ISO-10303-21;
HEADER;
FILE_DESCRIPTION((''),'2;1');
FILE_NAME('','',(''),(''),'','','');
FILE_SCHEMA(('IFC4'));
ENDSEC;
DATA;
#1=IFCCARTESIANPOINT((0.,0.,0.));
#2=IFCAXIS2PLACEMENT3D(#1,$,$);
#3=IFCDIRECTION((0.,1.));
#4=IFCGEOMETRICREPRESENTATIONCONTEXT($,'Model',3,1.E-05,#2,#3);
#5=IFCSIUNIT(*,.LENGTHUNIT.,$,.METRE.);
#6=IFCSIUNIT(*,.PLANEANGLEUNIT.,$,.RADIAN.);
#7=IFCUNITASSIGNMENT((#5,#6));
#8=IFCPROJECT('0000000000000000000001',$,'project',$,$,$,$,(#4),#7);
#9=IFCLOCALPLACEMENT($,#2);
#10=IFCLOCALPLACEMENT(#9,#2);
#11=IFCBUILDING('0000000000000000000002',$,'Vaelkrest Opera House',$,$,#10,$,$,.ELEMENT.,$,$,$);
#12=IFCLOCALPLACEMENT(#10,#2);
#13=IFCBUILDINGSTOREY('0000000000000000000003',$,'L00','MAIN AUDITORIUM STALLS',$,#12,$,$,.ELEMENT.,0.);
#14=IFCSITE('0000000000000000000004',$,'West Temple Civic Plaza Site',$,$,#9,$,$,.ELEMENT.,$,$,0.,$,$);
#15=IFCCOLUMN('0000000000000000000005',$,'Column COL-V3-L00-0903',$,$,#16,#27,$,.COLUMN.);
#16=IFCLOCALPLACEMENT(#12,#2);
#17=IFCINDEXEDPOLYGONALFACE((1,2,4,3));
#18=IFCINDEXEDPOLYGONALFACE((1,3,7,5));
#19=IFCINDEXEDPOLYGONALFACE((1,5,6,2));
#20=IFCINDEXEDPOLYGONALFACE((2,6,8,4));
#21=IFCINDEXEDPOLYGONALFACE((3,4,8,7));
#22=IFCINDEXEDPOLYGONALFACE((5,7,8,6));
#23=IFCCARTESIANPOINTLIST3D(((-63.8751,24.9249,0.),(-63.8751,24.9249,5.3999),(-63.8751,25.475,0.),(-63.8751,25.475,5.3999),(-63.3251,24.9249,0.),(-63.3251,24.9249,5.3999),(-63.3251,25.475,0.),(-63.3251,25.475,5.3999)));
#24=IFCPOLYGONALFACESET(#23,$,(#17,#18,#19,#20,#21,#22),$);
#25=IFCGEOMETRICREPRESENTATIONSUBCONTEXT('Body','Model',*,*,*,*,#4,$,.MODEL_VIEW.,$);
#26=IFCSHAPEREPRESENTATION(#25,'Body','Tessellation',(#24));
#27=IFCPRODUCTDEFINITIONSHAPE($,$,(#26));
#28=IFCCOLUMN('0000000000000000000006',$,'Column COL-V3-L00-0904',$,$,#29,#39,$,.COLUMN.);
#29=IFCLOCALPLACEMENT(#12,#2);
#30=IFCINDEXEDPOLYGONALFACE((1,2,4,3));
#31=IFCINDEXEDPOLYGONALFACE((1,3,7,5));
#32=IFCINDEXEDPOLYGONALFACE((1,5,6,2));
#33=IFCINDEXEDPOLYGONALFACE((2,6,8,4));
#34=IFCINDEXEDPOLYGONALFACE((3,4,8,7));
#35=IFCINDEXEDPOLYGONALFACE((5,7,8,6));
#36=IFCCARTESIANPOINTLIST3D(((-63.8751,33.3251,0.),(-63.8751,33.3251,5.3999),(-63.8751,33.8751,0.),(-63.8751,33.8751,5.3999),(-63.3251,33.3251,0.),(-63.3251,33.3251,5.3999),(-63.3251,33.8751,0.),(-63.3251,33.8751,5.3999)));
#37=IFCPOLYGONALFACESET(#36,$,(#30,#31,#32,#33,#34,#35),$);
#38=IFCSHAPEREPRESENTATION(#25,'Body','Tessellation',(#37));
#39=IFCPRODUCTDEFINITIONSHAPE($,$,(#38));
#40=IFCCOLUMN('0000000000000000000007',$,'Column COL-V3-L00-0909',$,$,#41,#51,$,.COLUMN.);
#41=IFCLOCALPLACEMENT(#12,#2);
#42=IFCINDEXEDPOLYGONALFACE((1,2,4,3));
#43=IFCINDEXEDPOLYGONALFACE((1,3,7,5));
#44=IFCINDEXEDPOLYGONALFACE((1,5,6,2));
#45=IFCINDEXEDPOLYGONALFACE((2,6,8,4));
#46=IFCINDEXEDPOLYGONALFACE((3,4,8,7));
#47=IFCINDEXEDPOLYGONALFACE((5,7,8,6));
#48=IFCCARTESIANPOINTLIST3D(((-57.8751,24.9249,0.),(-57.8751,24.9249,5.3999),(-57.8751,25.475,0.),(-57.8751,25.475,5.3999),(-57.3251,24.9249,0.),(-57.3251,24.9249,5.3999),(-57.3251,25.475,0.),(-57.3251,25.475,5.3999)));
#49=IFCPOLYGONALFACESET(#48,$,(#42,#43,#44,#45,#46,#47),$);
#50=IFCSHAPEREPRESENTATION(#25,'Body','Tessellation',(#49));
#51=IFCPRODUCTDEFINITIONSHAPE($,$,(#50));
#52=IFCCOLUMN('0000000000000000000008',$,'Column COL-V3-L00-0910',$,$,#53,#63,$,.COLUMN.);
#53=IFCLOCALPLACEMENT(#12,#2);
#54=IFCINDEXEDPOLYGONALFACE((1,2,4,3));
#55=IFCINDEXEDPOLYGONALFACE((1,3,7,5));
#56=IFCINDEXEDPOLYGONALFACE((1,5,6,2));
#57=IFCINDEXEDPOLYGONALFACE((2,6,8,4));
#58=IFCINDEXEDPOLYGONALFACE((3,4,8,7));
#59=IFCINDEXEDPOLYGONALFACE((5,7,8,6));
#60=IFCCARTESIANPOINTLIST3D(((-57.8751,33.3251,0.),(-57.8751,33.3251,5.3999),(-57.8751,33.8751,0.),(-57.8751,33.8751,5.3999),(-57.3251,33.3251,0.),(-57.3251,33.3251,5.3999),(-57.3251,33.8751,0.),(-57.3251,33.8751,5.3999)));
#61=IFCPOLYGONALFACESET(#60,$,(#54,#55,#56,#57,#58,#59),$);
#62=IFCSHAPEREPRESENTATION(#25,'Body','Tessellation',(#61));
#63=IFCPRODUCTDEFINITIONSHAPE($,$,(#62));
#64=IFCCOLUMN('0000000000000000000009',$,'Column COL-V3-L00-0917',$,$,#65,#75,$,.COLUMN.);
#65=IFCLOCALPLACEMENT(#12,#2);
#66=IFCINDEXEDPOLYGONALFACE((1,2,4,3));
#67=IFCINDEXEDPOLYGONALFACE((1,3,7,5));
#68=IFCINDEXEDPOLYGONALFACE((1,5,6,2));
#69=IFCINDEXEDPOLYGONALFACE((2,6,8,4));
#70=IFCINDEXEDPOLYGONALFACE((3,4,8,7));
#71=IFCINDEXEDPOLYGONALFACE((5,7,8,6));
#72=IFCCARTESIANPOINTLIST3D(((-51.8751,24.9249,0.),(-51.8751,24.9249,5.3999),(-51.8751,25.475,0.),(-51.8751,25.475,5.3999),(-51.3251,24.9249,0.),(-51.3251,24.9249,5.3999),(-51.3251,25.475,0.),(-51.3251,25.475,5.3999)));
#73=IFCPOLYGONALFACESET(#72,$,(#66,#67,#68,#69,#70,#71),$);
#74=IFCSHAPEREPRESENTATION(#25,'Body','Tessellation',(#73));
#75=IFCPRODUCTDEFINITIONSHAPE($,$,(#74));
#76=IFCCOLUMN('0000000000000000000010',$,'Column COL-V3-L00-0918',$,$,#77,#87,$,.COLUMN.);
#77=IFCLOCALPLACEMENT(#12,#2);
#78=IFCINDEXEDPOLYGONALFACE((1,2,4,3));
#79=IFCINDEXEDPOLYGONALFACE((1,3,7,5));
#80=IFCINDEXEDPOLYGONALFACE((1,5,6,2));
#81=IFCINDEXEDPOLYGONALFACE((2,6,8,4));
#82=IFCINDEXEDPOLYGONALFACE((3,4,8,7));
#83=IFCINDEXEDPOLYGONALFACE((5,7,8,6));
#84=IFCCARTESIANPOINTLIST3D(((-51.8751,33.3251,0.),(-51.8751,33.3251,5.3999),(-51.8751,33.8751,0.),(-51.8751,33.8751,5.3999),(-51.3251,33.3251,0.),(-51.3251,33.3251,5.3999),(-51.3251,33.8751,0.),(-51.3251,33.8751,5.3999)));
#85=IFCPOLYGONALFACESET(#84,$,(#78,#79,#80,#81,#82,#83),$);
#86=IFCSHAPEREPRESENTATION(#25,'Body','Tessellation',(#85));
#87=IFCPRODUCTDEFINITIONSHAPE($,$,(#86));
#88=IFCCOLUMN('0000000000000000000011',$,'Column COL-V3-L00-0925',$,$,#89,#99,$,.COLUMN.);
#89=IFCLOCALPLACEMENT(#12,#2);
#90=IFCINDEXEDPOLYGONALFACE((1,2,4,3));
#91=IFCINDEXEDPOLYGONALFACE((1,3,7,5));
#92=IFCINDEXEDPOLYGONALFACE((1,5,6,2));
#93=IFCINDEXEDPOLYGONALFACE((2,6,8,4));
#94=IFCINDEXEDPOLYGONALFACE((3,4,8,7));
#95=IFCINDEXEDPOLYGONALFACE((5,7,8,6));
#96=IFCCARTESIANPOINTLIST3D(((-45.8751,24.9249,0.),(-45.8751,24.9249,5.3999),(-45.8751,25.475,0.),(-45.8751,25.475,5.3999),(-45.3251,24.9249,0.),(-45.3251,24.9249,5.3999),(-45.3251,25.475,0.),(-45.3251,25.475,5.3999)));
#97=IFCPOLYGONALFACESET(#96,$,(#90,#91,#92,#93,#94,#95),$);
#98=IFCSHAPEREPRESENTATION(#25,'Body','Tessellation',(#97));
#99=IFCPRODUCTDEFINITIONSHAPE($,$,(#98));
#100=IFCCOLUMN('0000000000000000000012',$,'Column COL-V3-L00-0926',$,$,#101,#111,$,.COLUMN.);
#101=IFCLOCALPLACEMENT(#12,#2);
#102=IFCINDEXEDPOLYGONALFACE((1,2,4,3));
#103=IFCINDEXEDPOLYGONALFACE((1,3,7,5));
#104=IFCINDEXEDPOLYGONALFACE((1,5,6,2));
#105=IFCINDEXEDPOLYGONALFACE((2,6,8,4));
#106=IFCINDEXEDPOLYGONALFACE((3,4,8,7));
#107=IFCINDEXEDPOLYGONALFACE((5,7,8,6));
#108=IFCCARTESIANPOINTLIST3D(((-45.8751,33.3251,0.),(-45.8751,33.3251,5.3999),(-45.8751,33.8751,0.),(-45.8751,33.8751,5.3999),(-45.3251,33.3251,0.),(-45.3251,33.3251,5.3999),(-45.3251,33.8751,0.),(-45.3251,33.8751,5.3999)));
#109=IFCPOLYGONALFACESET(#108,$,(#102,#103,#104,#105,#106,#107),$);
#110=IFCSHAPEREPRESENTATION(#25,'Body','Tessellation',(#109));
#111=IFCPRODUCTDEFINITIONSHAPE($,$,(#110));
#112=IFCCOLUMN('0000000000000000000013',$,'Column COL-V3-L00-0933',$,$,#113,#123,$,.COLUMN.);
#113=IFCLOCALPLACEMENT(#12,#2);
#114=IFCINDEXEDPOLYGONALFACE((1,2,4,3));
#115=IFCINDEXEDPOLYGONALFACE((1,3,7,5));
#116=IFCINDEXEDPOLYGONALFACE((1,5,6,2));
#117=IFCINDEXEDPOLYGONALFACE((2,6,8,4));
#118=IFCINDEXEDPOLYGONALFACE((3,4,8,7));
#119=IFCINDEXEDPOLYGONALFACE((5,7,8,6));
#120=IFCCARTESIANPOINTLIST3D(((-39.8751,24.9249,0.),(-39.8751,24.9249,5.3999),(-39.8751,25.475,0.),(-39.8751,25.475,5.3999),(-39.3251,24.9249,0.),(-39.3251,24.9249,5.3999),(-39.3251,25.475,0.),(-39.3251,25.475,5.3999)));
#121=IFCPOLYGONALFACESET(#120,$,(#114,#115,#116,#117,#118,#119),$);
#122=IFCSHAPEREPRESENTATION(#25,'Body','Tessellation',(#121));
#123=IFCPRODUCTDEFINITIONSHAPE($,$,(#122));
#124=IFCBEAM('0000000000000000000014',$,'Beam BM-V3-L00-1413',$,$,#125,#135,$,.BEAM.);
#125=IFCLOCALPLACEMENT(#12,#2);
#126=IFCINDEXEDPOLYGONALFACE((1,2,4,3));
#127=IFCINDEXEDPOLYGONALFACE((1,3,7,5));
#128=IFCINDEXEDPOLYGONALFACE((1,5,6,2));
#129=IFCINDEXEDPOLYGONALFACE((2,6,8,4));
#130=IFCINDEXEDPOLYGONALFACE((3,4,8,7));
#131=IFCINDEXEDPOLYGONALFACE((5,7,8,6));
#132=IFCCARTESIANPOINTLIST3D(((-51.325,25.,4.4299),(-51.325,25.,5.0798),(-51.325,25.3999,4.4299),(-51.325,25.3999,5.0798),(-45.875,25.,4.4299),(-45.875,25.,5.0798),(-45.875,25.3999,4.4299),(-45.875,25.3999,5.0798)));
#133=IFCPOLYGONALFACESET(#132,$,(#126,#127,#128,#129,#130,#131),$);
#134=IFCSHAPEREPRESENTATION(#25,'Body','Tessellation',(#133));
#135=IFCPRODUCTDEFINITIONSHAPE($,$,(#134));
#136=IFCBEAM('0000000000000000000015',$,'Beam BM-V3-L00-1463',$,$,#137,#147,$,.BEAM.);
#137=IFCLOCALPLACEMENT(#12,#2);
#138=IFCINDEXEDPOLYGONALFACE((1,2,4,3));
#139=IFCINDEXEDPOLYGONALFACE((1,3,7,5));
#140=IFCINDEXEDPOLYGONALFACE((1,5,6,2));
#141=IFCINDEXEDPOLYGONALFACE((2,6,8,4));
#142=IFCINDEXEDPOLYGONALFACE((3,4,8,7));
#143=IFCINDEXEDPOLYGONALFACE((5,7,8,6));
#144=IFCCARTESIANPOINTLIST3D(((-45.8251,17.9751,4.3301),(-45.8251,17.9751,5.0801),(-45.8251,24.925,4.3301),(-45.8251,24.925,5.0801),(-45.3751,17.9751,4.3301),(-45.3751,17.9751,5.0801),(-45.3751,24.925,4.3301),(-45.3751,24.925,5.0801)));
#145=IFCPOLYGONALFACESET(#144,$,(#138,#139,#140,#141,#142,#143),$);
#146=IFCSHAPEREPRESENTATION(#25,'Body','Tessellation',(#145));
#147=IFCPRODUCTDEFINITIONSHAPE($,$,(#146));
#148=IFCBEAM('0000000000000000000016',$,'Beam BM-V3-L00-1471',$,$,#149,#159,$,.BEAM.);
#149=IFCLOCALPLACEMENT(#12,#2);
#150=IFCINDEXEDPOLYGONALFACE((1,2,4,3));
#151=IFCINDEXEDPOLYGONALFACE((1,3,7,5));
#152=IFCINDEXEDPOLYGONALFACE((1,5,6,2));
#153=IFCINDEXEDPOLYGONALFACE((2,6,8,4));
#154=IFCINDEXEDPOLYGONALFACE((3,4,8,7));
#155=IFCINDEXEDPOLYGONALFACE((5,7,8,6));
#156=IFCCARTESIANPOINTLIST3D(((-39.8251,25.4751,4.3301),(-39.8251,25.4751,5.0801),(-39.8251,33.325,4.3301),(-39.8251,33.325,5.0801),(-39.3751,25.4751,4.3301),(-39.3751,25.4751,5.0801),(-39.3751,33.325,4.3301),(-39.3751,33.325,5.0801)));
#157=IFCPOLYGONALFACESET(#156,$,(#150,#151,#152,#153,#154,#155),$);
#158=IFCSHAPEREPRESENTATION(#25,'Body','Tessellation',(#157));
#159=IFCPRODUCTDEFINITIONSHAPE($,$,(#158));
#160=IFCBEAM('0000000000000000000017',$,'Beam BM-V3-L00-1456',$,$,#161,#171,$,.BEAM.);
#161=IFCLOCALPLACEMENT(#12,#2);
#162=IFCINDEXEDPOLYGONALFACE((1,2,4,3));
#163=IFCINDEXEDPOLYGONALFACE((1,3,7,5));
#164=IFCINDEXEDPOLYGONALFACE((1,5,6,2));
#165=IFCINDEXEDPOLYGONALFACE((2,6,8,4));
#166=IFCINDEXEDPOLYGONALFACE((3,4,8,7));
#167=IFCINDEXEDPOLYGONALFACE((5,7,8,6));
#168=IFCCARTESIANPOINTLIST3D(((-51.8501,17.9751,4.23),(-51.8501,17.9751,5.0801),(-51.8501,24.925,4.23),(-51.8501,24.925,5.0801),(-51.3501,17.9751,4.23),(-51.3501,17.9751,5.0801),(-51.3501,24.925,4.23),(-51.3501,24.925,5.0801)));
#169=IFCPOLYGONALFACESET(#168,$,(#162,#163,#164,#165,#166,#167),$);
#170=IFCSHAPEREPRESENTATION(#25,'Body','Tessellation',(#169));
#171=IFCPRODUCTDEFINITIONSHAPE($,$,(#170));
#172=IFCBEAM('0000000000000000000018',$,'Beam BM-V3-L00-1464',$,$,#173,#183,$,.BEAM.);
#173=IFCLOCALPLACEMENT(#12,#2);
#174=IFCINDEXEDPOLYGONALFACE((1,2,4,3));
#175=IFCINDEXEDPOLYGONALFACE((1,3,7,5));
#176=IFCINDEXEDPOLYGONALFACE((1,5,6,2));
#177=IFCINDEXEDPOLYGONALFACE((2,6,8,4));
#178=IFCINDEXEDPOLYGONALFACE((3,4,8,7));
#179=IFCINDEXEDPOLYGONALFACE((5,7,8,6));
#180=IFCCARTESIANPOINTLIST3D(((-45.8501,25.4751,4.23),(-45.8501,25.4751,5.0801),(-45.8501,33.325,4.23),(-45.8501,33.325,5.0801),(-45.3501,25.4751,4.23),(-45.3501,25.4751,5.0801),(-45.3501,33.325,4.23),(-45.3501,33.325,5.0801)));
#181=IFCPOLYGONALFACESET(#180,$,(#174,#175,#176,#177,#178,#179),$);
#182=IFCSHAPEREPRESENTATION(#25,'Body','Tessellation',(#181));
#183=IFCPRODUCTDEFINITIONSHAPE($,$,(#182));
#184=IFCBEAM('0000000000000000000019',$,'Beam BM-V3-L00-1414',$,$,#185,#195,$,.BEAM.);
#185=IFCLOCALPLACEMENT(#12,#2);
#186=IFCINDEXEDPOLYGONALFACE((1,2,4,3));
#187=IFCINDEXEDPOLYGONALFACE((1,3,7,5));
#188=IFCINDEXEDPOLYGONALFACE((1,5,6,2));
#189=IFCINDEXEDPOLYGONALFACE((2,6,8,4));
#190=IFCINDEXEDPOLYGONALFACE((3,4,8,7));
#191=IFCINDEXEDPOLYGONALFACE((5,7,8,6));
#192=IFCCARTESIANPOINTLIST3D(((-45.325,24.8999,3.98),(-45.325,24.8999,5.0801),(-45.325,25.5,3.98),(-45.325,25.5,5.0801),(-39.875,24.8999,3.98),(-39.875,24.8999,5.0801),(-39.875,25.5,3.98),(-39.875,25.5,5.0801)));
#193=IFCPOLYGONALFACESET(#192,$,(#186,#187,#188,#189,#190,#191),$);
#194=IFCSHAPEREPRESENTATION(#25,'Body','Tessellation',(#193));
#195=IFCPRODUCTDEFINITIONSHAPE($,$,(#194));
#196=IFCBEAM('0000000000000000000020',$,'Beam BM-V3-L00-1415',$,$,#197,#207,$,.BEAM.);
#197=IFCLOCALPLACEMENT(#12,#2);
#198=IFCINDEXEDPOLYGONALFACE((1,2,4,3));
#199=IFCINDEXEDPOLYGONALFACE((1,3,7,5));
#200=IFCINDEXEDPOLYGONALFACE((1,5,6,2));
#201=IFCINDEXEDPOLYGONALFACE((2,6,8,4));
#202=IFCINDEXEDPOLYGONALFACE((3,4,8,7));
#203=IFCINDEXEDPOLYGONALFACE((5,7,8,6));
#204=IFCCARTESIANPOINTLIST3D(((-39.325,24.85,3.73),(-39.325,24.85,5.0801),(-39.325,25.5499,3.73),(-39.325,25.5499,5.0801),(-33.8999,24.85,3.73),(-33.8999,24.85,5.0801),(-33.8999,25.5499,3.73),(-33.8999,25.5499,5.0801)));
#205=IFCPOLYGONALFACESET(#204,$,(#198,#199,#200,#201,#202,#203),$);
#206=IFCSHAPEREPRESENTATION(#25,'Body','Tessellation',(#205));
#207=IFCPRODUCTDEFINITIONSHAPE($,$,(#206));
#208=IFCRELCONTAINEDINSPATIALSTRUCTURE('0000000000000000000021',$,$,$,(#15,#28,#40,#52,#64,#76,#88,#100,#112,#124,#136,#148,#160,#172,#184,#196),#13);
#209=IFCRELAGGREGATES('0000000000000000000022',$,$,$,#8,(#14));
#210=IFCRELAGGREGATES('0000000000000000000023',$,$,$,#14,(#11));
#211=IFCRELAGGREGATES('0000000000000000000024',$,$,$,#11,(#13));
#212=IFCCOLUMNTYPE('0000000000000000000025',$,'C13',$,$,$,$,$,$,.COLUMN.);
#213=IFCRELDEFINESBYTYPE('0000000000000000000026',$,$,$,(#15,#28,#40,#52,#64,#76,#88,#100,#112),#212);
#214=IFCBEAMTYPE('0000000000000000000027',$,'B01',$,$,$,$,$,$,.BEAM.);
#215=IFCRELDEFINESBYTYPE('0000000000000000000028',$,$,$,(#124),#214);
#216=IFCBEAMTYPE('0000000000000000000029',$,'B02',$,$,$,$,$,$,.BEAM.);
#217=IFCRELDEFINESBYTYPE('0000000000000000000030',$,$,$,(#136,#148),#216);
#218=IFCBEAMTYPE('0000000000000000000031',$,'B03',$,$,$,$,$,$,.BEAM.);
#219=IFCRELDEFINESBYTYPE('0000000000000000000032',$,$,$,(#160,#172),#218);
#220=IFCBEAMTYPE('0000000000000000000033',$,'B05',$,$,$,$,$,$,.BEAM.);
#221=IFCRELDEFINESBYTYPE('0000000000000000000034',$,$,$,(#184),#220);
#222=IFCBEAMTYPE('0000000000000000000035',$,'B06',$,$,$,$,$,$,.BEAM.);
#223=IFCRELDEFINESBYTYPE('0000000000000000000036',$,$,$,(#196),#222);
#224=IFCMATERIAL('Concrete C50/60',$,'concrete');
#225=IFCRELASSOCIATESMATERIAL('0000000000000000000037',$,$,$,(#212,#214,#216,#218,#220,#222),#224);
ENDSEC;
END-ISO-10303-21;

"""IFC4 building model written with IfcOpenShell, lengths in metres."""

from ifc_helpers import new_model, si_unit, direction, frame, origin, origin_2d, place, context, subcontext, project, spatial, rectangle, extrude, material, material_profile, profile_set, type_object, element, save


model = new_model("IFC4")

# Units and contexts
model_context = context("Model", 3, precision=1e-05, world=origin(), true_north=direction((0.0, 1.0)))
body_context = subcontext(model_context, "Body", "Model", "MODEL_VIEW")
ifc_project = project(units=[si_unit("LENGTHUNIT", "METRE"), si_unit("PLANEANGLEUNIT", "RADIAN")], contexts=[model_context])

# Site, building, storey
site_placement = place(None, origin())
site = spatial("IfcSite", under=ifc_project, at=site_placement, Name="West Temple Civic Plaza Site", CompositionType="ELEMENT", RefElevation=0.0)
building_placement = place(site_placement, origin())
building = spatial("IfcBuilding", under=site, at=building_placement, Name="Vaelkrest Opera House", CompositionType="ELEMENT")
storey_placement = place(building_placement, origin())
storey = spatial("IfcBuildingStorey", under=building, at=storey_placement, Name="L00", Description="MAIN AUDITORIUM STALLS", CompositionType="ELEMENT", Elevation=0.0)

# Columns
ifc_material_1 = material(Name="Concrete C50/60", Category="concrete")
ifc_material_profile_1 = material_profile(ifc_material_1, rectangle(XDim=0.55, YDim=0.55, at=origin_2d()), Name="RC550X550")
ifc_profile_set_1 = profile_set([ifc_material_profile_1], Name="Concrete C50/60")
column_type = type_object("IfcColumnType", Name="C13", PredefinedType="COLUMN", material=ifc_profile_set_1)
for number, where, z_axis, x_axis, name in (
    (1, (-63.6001, 25.2, 0.0), (0.0, 0.0, 1.0), (1.0, 0.0, 0.0), "Column COL-V3-L00-0903"),
    (2, (-63.6001, 33.6001, 0.0), (0.0, 0.0, 1.0), (1.0, 0.0, 0.0), "Column COL-V3-L00-0904"),
    (3, (-57.6001, 25.2, 0.0), (0.0, 0.0, 1.0), (1.0, 0.0, 0.0), "Column COL-V3-L00-0909"),
    (4, (-57.6001, 33.6001, 0.0), (0.0, 0.0, 1.0), (1.0, 0.0, 0.0), "Column COL-V3-L00-0910"),
    (5, (-51.6001, 25.2, 0.0), (0.0, 0.0, 1.0), (1.0, 0.0, 0.0), "Column COL-V3-L00-0917"),
    (6, (-51.6001, 33.6001, 0.0), (0.0, 0.0, 1.0), (1.0, 0.0, 0.0), "Column COL-V3-L00-0918"),
    (7, (-45.6001, 25.2, 0.0), (0.0, 0.0, 1.0), (1.0, 0.0, 0.0), "Column COL-V3-L00-0925"),
    (8, (-45.6001, 33.6001, 0.0), (0.0, 0.0, 1.0), (1.0, 0.0, 0.0), "Column COL-V3-L00-0926"),
    (9, (-39.6001, 25.2, 0.0), (0.0, 0.0, 1.0), (1.0, 0.0, 0.0), "Column COL-V3-L00-0933"),
):
    element("IfcColumn", number, at=place(storey_placement, frame(where, z_axis=z_axis, x_axis=x_axis)), inside=storey, type_object=column_type, Name=name, PredefinedType="COLUMN", context=body_context, shape_type="SweptSolid", body=[
        extrude(rectangle(XDim=0.55, YDim=0.55, at=origin_2d()), origin(), (0.0, 0.0, 1.0), 5.3999),
    ])

# Beams
ifc_material_profile_2 = material_profile(ifc_material_1, rectangle(XDim=0.3999, YDim=0.6499, at=origin_2d()), Name="RCB400X650")
ifc_profile_set_2 = profile_set([ifc_material_profile_2], Name="Concrete C50/60")
beam_type_1 = type_object("IfcBeamType", Name="B01", PredefinedType="BEAM", material=ifc_profile_set_2)
beam_1_placement = place(storey_placement, frame((-51.325, 25.2, 4.7549), z_axis=(1.0, 0.0, 0.0), x_axis=(0.0, 1.0, 0.0)))
element("IfcBeam", 10, at=beam_1_placement, inside=storey, type_object=beam_type_1, Name="Beam BM-V3-L00-1413", PredefinedType="BEAM", context=body_context, shape_type="SweptSolid", body=[
    extrude(rectangle(XDim=0.3999, YDim=0.6499, at=origin_2d()), origin(), (0.0, 0.0, 1.0), 5.45),
])
ifc_material_profile_3 = material_profile(ifc_material_1, rectangle(XDim=0.45, YDim=0.75, at=origin_2d()), Name="RCB450X750")
ifc_profile_set_3 = profile_set([ifc_material_profile_3], Name="Concrete C50/60")
beam_type_2 = type_object("IfcBeamType", Name="B02", PredefinedType="BEAM", material=ifc_profile_set_3)
beam_2_placement = place(storey_placement, frame((-45.6001, 17.9751, 4.7051), z_axis=(0.0, 1.0, 0.0), x_axis=(-1.0, 0.0, 0.0)))
element("IfcBeam", 11, at=beam_2_placement, inside=storey, type_object=beam_type_2, Name="Beam BM-V3-L00-1463", PredefinedType="BEAM", context=body_context, shape_type="SweptSolid", body=[
    extrude(rectangle(XDim=0.45, YDim=0.75, at=origin_2d()), origin(), (0.0, 0.0, 1.0), 6.95),
])
beam_3_placement = place(storey_placement, frame((-39.6001, 25.4751, 4.7051), z_axis=(0.0, 1.0, 0.0), x_axis=(-1.0, 0.0, 0.0)))
element("IfcBeam", 12, at=beam_3_placement, inside=storey, type_object=beam_type_2, Name="Beam BM-V3-L00-1471", PredefinedType="BEAM", context=body_context, shape_type="SweptSolid", body=[
    extrude(rectangle(XDim=0.45, YDim=0.75, at=origin_2d()), origin(), (0.0, 0.0, 1.0), 7.8499),
])
ifc_material_profile_4 = material_profile(ifc_material_1, rectangle(XDim=0.5, YDim=0.8501, at=origin_2d()), Name="RCB500X850")
ifc_profile_set_4 = profile_set([ifc_material_profile_4], Name="Concrete C50/60")
beam_type_3 = type_object("IfcBeamType", Name="B03", PredefinedType="BEAM", material=ifc_profile_set_4)
beam_4_placement = place(storey_placement, frame((-51.6001, 17.9751, 4.655), z_axis=(0.0, 1.0, 0.0), x_axis=(-1.0, 0.0, 0.0)))
element("IfcBeam", 13, at=beam_4_placement, inside=storey, type_object=beam_type_3, Name="Beam BM-V3-L00-1456", PredefinedType="BEAM", context=body_context, shape_type="SweptSolid", body=[
    extrude(rectangle(XDim=0.5, YDim=0.8501, at=origin_2d()), origin(), (0.0, 0.0, 1.0), 6.95),
])
beam_5_placement = place(storey_placement, frame((-45.6001, 25.4751, 4.655), z_axis=(0.0, 1.0, 0.0), x_axis=(-1.0, 0.0, 0.0)))
element("IfcBeam", 14, at=beam_5_placement, inside=storey, type_object=beam_type_3, Name="Beam BM-V3-L00-1464", PredefinedType="BEAM", context=body_context, shape_type="SweptSolid", body=[
    extrude(rectangle(XDim=0.5, YDim=0.8501, at=origin_2d()), origin(), (0.0, 0.0, 1.0), 7.8499),
])
ifc_material_profile_5 = material_profile(ifc_material_1, rectangle(XDim=0.6001, YDim=1.1001, at=origin_2d()), Name="RCB600X1100")
ifc_profile_set_5 = profile_set([ifc_material_profile_5], Name="Concrete C50/60")
beam_type_4 = type_object("IfcBeamType", Name="B05", PredefinedType="BEAM", material=ifc_profile_set_5)
beam_6_placement = place(storey_placement, frame((-45.325, 25.2, 4.53), z_axis=(1.0, 0.0, 0.0), x_axis=(0.0, 1.0, 0.0)))
element("IfcBeam", 15, at=beam_6_placement, inside=storey, type_object=beam_type_4, Name="Beam BM-V3-L00-1414", PredefinedType="BEAM", context=body_context, shape_type="SweptSolid", body=[
    extrude(rectangle(XDim=0.6001, YDim=1.1001, at=origin_2d()), origin(), (0.0, 0.0, 1.0), 5.45),
])
ifc_material_profile_6 = material_profile(ifc_material_1, rectangle(XDim=0.7, YDim=1.3501, at=origin_2d()), Name="RCB700X1350")
ifc_profile_set_6 = profile_set([ifc_material_profile_6], Name="Concrete C50/60")
beam_type_5 = type_object("IfcBeamType", Name="B06", PredefinedType="BEAM", material=ifc_profile_set_6)
beam_7_placement = place(storey_placement, frame((-39.325, 25.2, 4.405), z_axis=(1.0, 0.0, 0.0), x_axis=(0.0, 1.0, 0.0)))
element("IfcBeam", 16, at=beam_7_placement, inside=storey, type_object=beam_type_5, Name="Beam BM-V3-L00-1415", PredefinedType="BEAM", context=body_context, shape_type="SweptSolid", body=[
    extrude(rectangle(XDim=0.7, YDim=1.3501, at=origin_2d()), origin(), (0.0, 0.0, 1.0), 5.425),
])

save(model, "model.ifc")
